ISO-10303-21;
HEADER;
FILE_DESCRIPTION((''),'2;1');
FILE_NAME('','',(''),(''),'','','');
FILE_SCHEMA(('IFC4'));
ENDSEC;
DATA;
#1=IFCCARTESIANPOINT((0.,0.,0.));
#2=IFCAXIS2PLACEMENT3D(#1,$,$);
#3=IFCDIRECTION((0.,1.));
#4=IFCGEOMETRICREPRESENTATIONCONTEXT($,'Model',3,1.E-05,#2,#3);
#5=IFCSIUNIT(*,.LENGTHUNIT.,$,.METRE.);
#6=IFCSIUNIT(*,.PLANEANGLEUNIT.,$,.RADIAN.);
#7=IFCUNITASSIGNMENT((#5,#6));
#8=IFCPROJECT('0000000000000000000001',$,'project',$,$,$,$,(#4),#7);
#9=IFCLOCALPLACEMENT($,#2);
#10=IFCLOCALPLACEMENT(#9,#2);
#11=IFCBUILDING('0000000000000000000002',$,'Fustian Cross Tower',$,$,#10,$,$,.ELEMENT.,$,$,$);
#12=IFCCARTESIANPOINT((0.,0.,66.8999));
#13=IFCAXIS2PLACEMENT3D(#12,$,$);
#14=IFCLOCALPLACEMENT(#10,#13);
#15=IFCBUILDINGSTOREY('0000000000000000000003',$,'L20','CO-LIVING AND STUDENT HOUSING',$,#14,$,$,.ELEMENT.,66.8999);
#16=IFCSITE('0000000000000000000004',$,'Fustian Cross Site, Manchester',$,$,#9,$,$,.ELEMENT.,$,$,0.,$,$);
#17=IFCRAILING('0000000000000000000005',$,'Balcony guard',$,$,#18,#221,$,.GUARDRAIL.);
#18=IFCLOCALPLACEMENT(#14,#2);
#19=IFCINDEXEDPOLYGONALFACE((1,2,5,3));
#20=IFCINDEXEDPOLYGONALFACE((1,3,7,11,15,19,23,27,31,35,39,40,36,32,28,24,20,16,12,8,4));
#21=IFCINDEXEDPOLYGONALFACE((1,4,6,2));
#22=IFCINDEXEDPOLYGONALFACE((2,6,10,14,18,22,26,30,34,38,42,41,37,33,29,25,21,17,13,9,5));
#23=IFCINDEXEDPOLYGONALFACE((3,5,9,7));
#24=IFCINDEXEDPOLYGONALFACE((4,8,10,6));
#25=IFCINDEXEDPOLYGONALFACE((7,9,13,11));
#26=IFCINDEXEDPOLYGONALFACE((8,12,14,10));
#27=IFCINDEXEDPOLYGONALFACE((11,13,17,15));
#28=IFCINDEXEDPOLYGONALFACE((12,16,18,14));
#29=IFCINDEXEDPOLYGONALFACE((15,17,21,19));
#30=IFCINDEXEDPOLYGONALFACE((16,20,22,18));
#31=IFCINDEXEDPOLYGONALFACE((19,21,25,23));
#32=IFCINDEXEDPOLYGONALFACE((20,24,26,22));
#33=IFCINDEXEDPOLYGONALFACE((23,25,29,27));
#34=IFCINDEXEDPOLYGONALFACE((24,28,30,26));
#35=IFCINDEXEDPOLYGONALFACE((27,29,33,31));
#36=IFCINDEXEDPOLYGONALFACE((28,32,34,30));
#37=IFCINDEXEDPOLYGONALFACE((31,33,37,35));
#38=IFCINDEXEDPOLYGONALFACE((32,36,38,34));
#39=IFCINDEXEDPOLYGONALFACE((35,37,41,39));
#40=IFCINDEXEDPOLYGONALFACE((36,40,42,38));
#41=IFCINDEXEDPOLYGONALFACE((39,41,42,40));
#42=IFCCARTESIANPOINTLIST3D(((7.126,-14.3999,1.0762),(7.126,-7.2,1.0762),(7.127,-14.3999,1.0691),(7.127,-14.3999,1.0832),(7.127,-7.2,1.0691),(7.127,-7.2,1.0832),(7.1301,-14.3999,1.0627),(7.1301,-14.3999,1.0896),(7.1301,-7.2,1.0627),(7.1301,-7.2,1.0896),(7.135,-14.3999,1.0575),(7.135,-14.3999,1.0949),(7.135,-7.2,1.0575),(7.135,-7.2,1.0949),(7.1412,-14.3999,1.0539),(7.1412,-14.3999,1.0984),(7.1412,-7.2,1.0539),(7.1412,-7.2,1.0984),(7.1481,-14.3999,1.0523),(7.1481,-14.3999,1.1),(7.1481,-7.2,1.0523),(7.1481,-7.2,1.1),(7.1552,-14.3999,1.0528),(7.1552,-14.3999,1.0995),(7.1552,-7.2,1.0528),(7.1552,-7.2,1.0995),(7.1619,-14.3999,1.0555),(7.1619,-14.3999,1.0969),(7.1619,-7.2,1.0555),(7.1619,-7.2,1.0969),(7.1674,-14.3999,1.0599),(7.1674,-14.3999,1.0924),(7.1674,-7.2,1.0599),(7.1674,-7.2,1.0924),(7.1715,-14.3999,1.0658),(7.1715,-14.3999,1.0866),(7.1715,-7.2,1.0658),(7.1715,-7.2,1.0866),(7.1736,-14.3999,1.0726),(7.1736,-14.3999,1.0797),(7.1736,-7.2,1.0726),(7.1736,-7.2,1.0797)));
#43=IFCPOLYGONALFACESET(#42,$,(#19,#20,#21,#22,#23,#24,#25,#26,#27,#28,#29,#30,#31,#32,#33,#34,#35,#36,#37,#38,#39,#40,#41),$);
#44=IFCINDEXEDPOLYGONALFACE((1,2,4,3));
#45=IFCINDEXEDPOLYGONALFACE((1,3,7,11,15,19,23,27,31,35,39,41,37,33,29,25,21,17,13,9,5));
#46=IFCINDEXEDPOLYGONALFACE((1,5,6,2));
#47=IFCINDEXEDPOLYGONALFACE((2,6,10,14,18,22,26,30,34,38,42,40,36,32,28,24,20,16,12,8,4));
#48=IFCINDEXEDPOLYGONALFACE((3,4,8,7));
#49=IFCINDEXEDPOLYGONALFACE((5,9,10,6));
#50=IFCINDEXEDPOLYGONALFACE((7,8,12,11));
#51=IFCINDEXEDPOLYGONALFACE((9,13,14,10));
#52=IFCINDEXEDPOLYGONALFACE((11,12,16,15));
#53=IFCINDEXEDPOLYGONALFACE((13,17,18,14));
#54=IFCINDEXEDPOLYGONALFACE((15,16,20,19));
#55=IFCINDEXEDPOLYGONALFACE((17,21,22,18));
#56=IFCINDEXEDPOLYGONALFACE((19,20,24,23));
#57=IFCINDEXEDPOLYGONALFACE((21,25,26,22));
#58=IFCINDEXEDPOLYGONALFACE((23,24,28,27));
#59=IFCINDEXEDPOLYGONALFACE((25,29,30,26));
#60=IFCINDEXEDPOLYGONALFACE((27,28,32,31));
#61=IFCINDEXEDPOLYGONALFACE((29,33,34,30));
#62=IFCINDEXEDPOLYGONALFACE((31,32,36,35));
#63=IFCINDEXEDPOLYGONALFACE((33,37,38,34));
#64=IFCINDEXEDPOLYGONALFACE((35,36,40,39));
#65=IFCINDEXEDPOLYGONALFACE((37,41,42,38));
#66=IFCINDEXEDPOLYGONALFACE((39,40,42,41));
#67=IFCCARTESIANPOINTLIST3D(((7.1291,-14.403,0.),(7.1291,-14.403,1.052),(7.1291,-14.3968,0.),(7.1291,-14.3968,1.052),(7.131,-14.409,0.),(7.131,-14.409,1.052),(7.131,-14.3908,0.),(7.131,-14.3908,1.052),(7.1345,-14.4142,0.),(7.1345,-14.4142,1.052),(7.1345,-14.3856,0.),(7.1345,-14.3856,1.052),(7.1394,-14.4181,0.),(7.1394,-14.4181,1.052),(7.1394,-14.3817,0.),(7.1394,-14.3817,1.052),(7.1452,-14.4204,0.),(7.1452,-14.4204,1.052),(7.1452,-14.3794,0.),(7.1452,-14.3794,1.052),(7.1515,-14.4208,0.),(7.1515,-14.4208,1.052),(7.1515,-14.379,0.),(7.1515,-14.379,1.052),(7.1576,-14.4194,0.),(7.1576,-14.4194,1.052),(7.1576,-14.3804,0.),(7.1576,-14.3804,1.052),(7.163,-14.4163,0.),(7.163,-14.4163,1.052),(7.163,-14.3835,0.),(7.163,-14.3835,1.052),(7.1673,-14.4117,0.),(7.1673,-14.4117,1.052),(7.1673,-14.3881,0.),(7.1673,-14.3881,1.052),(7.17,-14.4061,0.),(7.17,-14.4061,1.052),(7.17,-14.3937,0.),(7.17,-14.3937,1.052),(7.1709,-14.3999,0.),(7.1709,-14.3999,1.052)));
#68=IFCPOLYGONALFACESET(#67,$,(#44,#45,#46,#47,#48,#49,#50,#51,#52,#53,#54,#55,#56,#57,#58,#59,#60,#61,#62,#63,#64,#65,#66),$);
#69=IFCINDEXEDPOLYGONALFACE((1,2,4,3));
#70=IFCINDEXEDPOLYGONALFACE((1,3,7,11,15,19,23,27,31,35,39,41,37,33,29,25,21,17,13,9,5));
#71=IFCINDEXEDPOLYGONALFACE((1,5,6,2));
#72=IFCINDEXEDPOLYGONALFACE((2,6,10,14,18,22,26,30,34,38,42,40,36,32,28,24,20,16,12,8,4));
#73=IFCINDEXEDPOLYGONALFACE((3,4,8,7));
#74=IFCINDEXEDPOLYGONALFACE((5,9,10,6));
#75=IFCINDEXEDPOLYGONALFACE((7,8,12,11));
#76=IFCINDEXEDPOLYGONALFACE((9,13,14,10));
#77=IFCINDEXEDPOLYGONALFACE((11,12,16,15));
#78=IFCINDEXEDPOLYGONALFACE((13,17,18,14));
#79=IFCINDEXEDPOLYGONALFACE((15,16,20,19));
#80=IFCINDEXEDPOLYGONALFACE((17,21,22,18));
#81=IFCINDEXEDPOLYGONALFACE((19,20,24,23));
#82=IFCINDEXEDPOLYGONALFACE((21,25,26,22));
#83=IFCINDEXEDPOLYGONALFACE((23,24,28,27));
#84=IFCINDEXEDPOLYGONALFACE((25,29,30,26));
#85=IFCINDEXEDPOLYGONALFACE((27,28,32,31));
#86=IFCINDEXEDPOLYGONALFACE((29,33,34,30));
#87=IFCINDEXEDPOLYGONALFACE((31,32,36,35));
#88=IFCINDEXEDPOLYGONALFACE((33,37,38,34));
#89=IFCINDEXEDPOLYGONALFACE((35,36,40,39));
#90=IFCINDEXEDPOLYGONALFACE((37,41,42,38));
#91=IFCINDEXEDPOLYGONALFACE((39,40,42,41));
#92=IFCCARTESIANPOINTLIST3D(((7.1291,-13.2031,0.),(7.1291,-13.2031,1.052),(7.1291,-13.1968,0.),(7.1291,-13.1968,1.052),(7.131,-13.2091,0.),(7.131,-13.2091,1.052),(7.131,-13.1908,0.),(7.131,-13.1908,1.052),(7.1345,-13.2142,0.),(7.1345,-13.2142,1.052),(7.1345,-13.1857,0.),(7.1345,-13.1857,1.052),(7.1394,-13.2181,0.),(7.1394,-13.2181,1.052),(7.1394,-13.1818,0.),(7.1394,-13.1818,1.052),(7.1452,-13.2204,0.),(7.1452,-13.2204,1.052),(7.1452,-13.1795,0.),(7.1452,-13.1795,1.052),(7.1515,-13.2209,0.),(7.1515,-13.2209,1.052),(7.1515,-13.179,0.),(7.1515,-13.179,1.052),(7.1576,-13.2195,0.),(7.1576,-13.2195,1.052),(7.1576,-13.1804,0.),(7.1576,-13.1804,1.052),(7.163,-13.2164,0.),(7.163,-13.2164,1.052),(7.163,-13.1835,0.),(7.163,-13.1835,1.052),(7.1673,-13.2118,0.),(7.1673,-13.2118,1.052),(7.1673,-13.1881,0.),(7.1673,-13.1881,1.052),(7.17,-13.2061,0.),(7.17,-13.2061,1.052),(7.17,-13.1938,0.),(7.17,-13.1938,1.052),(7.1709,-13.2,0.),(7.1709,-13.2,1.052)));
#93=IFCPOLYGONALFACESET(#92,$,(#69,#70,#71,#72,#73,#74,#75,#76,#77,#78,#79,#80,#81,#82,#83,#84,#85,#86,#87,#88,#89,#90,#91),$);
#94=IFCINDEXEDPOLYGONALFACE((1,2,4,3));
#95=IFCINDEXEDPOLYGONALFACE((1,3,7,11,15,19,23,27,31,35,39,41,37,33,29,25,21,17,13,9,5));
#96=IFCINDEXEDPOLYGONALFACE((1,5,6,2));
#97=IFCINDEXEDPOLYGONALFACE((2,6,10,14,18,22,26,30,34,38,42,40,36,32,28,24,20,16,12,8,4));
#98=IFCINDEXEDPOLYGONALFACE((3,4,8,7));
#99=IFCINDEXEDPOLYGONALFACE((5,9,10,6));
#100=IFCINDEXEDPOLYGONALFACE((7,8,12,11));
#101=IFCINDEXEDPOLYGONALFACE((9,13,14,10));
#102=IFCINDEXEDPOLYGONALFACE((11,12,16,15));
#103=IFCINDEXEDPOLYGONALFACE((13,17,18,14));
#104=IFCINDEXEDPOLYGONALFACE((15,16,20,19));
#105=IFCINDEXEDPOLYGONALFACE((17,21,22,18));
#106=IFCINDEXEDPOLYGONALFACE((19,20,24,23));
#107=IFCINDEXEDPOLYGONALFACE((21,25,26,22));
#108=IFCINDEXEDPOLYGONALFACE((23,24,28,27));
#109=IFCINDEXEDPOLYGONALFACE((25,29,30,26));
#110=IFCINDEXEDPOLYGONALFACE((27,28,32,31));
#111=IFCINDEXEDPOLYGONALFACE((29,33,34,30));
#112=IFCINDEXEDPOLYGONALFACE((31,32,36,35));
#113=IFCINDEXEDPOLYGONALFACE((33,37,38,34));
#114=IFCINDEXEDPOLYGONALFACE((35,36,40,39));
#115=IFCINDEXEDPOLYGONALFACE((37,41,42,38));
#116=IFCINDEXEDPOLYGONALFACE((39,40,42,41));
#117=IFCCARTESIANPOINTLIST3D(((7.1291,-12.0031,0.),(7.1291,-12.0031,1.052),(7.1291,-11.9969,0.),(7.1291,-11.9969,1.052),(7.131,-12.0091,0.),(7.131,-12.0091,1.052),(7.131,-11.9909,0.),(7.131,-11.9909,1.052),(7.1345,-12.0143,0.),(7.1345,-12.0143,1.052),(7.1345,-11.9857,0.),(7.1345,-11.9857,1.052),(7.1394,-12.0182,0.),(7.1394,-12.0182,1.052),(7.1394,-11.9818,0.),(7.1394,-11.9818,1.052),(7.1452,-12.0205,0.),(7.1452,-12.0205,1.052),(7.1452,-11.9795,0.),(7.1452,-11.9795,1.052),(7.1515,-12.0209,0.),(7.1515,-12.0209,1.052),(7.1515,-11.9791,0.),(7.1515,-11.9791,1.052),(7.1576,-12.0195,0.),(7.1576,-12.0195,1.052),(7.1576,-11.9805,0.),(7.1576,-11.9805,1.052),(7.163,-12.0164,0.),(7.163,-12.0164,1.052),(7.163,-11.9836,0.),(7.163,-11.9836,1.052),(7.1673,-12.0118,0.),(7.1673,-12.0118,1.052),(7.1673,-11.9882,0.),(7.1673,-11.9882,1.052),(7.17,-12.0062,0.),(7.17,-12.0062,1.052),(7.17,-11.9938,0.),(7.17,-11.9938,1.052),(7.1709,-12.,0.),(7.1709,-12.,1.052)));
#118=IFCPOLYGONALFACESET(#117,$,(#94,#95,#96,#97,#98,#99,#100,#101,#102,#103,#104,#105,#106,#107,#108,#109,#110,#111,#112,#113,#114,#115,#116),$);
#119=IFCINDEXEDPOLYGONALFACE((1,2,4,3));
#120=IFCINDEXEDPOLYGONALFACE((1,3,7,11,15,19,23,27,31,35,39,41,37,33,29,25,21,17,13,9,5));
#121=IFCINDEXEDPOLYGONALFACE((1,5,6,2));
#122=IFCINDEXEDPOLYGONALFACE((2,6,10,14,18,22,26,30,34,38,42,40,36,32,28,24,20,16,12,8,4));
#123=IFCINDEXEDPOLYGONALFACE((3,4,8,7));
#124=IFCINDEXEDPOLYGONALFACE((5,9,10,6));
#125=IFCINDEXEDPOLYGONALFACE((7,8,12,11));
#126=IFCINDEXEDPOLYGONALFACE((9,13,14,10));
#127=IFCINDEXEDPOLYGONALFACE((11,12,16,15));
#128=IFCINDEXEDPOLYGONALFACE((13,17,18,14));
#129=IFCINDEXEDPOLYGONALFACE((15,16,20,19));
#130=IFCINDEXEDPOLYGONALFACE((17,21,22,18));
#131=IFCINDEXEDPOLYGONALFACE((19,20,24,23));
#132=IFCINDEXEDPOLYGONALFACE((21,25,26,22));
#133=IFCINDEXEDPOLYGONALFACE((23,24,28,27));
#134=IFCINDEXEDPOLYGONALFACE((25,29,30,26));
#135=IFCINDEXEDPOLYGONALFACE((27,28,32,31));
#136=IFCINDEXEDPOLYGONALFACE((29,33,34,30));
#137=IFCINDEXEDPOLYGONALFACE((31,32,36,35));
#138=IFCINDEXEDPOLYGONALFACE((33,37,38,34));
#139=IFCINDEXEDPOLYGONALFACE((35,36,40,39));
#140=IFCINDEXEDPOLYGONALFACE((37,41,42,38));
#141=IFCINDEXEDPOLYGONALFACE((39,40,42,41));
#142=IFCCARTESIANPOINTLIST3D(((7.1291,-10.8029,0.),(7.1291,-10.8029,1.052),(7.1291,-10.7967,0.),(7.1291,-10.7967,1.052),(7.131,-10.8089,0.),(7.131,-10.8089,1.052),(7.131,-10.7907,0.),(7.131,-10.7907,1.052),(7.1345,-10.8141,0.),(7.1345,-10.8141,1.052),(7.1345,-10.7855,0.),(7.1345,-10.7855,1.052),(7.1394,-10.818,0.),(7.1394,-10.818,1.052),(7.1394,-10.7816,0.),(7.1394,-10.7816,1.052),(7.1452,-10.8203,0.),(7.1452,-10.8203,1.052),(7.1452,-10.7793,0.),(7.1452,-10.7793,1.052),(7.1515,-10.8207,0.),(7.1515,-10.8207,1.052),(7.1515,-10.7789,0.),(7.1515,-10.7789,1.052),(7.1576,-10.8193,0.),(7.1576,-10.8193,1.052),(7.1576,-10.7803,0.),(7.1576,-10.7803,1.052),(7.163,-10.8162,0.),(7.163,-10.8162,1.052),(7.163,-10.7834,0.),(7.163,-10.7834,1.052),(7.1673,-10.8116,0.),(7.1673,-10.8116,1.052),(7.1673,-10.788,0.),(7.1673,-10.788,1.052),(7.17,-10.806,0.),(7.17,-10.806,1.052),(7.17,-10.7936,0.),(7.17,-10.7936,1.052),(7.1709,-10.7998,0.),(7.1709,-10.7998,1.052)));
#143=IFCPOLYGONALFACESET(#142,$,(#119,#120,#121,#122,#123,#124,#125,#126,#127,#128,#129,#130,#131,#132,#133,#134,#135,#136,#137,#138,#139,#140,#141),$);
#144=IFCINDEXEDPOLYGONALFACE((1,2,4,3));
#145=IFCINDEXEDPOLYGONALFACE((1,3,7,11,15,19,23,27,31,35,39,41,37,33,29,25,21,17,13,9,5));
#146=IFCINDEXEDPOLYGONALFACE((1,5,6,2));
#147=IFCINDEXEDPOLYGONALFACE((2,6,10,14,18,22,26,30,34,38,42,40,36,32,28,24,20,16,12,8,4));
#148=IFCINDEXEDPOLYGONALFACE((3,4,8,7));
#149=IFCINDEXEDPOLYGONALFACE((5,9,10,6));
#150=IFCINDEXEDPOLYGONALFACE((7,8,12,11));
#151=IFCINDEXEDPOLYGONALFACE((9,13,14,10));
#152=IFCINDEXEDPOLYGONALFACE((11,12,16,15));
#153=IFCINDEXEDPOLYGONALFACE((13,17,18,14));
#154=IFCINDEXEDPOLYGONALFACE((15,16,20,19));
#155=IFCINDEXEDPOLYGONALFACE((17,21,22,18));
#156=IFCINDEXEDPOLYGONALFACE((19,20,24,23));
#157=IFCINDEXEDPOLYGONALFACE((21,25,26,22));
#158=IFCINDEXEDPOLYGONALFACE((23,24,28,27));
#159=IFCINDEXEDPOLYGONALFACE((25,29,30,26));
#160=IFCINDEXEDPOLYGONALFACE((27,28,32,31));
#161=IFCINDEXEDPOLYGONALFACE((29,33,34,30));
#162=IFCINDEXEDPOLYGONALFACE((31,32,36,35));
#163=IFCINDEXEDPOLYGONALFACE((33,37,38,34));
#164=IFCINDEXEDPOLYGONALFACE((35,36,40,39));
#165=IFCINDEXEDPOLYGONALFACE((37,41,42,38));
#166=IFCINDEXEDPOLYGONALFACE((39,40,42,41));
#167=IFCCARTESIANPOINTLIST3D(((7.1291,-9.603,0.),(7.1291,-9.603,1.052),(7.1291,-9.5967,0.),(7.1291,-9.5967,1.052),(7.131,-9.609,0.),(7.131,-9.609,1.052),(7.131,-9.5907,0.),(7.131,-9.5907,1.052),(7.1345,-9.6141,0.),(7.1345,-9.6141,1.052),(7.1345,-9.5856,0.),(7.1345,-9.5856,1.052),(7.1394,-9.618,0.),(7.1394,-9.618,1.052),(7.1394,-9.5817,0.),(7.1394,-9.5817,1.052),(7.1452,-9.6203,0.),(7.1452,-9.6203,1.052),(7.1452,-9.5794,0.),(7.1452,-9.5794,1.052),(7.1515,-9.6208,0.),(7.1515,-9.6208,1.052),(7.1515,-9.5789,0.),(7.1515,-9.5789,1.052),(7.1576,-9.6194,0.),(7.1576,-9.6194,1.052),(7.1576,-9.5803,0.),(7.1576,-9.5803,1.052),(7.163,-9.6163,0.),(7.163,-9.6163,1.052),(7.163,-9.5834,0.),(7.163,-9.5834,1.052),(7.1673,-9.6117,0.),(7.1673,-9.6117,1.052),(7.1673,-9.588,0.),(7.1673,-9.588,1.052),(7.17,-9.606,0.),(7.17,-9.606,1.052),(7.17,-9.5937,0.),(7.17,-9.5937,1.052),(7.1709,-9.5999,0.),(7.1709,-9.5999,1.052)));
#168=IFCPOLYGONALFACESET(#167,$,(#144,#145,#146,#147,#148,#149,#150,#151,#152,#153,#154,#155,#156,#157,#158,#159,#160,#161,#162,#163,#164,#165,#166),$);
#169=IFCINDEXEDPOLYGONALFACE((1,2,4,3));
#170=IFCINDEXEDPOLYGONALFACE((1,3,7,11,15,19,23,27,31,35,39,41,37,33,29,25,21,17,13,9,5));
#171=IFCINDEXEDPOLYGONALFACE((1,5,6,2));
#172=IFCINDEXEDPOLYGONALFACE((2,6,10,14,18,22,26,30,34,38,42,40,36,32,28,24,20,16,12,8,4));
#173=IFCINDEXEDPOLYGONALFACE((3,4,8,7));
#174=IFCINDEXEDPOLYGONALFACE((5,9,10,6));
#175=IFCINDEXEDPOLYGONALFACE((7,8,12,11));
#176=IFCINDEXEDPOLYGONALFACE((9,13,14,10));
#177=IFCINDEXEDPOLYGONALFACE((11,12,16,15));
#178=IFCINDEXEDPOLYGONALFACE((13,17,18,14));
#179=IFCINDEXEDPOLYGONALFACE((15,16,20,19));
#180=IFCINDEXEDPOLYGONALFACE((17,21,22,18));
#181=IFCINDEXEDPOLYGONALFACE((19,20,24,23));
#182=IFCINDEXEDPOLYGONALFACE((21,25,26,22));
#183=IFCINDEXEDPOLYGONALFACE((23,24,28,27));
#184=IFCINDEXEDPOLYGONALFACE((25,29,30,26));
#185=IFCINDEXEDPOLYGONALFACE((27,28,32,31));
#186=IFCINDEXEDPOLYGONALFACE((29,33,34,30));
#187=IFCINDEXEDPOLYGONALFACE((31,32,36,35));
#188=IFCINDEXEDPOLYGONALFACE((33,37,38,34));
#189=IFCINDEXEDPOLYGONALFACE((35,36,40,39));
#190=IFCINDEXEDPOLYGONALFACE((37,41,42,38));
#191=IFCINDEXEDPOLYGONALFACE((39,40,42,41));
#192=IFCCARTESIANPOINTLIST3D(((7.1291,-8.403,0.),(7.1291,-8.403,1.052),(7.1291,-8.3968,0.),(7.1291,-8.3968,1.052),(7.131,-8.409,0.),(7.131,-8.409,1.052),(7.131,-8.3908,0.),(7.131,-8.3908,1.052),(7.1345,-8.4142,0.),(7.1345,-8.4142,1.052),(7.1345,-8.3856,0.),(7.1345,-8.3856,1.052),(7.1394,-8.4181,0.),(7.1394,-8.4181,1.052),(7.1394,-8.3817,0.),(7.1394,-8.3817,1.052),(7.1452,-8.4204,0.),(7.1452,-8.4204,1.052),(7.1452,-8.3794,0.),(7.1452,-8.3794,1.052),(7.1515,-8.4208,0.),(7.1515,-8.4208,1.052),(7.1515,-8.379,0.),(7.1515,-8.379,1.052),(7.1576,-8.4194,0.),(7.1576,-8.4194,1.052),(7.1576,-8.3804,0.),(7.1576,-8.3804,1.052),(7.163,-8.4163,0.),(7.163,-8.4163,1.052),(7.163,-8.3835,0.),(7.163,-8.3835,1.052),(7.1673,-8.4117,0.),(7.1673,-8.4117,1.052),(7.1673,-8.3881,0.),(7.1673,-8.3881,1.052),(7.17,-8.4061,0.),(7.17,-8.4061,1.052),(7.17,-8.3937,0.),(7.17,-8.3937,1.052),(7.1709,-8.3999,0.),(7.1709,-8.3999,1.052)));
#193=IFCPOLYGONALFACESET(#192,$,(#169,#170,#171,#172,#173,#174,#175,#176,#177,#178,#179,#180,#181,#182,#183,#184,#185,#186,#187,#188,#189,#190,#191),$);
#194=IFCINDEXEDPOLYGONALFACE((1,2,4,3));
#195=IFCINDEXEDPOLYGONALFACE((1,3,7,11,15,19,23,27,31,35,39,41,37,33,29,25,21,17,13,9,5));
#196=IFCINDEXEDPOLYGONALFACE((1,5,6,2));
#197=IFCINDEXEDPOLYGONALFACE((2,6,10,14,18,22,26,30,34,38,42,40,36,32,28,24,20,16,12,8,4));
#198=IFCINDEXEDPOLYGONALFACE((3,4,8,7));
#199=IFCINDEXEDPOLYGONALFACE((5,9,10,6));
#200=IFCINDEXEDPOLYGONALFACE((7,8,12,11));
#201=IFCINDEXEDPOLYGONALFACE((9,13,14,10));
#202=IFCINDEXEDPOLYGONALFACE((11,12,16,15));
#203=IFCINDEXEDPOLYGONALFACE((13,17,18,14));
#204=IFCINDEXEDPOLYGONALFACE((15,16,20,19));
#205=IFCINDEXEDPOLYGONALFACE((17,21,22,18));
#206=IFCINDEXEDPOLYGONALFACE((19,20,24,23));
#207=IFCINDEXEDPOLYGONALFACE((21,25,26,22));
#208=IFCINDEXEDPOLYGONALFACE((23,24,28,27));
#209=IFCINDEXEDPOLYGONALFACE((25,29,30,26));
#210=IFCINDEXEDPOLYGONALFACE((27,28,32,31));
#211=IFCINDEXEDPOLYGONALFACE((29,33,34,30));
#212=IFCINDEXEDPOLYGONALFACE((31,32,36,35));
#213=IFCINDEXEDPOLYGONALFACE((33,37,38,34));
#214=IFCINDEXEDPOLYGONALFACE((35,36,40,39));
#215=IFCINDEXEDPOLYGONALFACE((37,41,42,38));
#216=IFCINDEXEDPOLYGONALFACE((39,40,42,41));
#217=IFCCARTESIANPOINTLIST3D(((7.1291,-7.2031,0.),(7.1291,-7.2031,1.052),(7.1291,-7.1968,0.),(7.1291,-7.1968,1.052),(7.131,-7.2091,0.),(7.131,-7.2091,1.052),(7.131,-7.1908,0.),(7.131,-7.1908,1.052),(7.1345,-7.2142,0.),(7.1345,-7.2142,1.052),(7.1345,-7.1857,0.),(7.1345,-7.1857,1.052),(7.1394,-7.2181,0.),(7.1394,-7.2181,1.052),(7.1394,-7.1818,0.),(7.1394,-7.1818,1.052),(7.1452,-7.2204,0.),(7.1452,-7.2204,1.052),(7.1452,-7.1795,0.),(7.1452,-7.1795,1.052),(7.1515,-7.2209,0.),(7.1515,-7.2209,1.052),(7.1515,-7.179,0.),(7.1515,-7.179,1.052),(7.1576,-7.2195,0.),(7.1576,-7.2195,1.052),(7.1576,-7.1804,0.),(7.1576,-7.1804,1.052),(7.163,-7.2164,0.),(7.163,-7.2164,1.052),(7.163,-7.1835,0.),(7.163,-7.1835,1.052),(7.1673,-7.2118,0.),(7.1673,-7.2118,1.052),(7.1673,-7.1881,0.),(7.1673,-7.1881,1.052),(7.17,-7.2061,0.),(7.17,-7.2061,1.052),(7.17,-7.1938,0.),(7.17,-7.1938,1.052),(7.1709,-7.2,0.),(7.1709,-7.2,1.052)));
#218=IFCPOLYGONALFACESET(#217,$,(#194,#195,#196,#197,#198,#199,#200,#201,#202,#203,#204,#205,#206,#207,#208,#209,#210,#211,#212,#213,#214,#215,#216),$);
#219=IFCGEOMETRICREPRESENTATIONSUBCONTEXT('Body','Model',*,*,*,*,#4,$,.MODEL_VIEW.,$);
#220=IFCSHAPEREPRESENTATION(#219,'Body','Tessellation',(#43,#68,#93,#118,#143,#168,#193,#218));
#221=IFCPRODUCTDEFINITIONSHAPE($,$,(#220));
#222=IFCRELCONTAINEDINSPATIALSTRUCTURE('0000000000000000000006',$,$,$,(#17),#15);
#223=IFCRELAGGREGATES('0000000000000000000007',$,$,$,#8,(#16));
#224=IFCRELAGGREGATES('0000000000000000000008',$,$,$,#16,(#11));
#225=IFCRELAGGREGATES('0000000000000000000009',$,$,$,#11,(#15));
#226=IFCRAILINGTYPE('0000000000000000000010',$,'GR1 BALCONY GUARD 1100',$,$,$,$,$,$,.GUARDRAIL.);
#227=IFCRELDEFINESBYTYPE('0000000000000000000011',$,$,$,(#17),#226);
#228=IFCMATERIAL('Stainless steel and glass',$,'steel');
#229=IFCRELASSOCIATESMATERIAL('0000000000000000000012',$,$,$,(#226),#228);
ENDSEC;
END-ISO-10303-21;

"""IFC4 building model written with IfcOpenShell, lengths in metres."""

from ifc_helpers import new_model, si_unit, direction, frame, origin, origin_2d, place, context, subcontext, project, spatial, circle, extrude, material, type_object, element, save


model = new_model("IFC4")

# Units and contexts
model_context = context("Model", 3, precision=1e-05, world=origin(), true_north=direction((0.0, 1.0)))
body_context = subcontext(model_context, "Body", "Model", "MODEL_VIEW")
ifc_project = project(units=[si_unit("LENGTHUNIT", "METRE"), si_unit("PLANEANGLEUNIT", "RADIAN")], contexts=[model_context])

# Site, building, storey
site_placement = place(None, origin())
site = spatial("IfcSite", under=ifc_project, at=site_placement, Name="Fustian Cross Site, Manchester", CompositionType="ELEMENT", RefElevation=0.0)
building_placement = place(site_placement, origin())
building = spatial("IfcBuilding", under=site, at=building_placement, Name="Fustian Cross Tower", CompositionType="ELEMENT")
storey_placement = place(building_placement, frame((0.0, 0.0, 66.8999)))
storey = spatial("IfcBuildingStorey", under=building, at=storey_placement, Name="L20", Description="CO-LIVING AND STUDENT HOUSING", CompositionType="ELEMENT", Elevation=66.8999)

# Railing
ifc_material_1 = material(Name="Stainless steel and glass", Category="steel")
railing_type = type_object("IfcRailingType", Name="GR1 BALCONY GUARD 1100", PredefinedType="GUARDRAIL", material=ifc_material_1)
railing_placement = place(storey_placement, frame((7.1499, -14.3999, 0.0)))
element("IfcRailing", 1, at=railing_placement, inside=storey, type_object=railing_type, Name="Balcony guard", PredefinedType="GUARDRAIL", context=body_context, shape_type="SweptSolid", body=[
    extrude(circle(Radius=0.0239, at=origin_2d()), frame((0.0, 0.0, 1.0762), z_axis=(0.0, 1.0, 0.0), x_axis=(-1.0, 0.0, 0.0)), (0.0, 0.0, 1.0), 7.2),
    extrude(circle(Radius=0.021, at=origin_2d()), origin(), (0.0, 0.0, 1.0), 1.052),
    extrude(circle(Radius=0.021, at=origin_2d()), frame((0.0, 1.2, 0.0)), (0.0, 0.0, 1.0), 1.052),
    extrude(circle(Radius=0.021, at=origin_2d()), frame((0.0, 2.3999, 0.0)), (0.0, 0.0, 1.0), 1.052),
    extrude(circle(Radius=0.021, at=origin_2d()), frame((0.0, 3.6001, 0.0)), (0.0, 0.0, 1.0), 1.052),
    extrude(circle(Radius=0.021, at=origin_2d()), frame((0.0, 4.8, 0.0)), (0.0, 0.0, 1.0), 1.052),
    extrude(circle(Radius=0.021, at=origin_2d()), frame((0.0, 6.0, 0.0)), (0.0, 0.0, 1.0), 1.052),
    extrude(circle(Radius=0.021, at=origin_2d()), frame((0.0, 7.2, 0.0)), (0.0, 0.0, 1.0), 1.052),
])

save(model, "model.ifc")
